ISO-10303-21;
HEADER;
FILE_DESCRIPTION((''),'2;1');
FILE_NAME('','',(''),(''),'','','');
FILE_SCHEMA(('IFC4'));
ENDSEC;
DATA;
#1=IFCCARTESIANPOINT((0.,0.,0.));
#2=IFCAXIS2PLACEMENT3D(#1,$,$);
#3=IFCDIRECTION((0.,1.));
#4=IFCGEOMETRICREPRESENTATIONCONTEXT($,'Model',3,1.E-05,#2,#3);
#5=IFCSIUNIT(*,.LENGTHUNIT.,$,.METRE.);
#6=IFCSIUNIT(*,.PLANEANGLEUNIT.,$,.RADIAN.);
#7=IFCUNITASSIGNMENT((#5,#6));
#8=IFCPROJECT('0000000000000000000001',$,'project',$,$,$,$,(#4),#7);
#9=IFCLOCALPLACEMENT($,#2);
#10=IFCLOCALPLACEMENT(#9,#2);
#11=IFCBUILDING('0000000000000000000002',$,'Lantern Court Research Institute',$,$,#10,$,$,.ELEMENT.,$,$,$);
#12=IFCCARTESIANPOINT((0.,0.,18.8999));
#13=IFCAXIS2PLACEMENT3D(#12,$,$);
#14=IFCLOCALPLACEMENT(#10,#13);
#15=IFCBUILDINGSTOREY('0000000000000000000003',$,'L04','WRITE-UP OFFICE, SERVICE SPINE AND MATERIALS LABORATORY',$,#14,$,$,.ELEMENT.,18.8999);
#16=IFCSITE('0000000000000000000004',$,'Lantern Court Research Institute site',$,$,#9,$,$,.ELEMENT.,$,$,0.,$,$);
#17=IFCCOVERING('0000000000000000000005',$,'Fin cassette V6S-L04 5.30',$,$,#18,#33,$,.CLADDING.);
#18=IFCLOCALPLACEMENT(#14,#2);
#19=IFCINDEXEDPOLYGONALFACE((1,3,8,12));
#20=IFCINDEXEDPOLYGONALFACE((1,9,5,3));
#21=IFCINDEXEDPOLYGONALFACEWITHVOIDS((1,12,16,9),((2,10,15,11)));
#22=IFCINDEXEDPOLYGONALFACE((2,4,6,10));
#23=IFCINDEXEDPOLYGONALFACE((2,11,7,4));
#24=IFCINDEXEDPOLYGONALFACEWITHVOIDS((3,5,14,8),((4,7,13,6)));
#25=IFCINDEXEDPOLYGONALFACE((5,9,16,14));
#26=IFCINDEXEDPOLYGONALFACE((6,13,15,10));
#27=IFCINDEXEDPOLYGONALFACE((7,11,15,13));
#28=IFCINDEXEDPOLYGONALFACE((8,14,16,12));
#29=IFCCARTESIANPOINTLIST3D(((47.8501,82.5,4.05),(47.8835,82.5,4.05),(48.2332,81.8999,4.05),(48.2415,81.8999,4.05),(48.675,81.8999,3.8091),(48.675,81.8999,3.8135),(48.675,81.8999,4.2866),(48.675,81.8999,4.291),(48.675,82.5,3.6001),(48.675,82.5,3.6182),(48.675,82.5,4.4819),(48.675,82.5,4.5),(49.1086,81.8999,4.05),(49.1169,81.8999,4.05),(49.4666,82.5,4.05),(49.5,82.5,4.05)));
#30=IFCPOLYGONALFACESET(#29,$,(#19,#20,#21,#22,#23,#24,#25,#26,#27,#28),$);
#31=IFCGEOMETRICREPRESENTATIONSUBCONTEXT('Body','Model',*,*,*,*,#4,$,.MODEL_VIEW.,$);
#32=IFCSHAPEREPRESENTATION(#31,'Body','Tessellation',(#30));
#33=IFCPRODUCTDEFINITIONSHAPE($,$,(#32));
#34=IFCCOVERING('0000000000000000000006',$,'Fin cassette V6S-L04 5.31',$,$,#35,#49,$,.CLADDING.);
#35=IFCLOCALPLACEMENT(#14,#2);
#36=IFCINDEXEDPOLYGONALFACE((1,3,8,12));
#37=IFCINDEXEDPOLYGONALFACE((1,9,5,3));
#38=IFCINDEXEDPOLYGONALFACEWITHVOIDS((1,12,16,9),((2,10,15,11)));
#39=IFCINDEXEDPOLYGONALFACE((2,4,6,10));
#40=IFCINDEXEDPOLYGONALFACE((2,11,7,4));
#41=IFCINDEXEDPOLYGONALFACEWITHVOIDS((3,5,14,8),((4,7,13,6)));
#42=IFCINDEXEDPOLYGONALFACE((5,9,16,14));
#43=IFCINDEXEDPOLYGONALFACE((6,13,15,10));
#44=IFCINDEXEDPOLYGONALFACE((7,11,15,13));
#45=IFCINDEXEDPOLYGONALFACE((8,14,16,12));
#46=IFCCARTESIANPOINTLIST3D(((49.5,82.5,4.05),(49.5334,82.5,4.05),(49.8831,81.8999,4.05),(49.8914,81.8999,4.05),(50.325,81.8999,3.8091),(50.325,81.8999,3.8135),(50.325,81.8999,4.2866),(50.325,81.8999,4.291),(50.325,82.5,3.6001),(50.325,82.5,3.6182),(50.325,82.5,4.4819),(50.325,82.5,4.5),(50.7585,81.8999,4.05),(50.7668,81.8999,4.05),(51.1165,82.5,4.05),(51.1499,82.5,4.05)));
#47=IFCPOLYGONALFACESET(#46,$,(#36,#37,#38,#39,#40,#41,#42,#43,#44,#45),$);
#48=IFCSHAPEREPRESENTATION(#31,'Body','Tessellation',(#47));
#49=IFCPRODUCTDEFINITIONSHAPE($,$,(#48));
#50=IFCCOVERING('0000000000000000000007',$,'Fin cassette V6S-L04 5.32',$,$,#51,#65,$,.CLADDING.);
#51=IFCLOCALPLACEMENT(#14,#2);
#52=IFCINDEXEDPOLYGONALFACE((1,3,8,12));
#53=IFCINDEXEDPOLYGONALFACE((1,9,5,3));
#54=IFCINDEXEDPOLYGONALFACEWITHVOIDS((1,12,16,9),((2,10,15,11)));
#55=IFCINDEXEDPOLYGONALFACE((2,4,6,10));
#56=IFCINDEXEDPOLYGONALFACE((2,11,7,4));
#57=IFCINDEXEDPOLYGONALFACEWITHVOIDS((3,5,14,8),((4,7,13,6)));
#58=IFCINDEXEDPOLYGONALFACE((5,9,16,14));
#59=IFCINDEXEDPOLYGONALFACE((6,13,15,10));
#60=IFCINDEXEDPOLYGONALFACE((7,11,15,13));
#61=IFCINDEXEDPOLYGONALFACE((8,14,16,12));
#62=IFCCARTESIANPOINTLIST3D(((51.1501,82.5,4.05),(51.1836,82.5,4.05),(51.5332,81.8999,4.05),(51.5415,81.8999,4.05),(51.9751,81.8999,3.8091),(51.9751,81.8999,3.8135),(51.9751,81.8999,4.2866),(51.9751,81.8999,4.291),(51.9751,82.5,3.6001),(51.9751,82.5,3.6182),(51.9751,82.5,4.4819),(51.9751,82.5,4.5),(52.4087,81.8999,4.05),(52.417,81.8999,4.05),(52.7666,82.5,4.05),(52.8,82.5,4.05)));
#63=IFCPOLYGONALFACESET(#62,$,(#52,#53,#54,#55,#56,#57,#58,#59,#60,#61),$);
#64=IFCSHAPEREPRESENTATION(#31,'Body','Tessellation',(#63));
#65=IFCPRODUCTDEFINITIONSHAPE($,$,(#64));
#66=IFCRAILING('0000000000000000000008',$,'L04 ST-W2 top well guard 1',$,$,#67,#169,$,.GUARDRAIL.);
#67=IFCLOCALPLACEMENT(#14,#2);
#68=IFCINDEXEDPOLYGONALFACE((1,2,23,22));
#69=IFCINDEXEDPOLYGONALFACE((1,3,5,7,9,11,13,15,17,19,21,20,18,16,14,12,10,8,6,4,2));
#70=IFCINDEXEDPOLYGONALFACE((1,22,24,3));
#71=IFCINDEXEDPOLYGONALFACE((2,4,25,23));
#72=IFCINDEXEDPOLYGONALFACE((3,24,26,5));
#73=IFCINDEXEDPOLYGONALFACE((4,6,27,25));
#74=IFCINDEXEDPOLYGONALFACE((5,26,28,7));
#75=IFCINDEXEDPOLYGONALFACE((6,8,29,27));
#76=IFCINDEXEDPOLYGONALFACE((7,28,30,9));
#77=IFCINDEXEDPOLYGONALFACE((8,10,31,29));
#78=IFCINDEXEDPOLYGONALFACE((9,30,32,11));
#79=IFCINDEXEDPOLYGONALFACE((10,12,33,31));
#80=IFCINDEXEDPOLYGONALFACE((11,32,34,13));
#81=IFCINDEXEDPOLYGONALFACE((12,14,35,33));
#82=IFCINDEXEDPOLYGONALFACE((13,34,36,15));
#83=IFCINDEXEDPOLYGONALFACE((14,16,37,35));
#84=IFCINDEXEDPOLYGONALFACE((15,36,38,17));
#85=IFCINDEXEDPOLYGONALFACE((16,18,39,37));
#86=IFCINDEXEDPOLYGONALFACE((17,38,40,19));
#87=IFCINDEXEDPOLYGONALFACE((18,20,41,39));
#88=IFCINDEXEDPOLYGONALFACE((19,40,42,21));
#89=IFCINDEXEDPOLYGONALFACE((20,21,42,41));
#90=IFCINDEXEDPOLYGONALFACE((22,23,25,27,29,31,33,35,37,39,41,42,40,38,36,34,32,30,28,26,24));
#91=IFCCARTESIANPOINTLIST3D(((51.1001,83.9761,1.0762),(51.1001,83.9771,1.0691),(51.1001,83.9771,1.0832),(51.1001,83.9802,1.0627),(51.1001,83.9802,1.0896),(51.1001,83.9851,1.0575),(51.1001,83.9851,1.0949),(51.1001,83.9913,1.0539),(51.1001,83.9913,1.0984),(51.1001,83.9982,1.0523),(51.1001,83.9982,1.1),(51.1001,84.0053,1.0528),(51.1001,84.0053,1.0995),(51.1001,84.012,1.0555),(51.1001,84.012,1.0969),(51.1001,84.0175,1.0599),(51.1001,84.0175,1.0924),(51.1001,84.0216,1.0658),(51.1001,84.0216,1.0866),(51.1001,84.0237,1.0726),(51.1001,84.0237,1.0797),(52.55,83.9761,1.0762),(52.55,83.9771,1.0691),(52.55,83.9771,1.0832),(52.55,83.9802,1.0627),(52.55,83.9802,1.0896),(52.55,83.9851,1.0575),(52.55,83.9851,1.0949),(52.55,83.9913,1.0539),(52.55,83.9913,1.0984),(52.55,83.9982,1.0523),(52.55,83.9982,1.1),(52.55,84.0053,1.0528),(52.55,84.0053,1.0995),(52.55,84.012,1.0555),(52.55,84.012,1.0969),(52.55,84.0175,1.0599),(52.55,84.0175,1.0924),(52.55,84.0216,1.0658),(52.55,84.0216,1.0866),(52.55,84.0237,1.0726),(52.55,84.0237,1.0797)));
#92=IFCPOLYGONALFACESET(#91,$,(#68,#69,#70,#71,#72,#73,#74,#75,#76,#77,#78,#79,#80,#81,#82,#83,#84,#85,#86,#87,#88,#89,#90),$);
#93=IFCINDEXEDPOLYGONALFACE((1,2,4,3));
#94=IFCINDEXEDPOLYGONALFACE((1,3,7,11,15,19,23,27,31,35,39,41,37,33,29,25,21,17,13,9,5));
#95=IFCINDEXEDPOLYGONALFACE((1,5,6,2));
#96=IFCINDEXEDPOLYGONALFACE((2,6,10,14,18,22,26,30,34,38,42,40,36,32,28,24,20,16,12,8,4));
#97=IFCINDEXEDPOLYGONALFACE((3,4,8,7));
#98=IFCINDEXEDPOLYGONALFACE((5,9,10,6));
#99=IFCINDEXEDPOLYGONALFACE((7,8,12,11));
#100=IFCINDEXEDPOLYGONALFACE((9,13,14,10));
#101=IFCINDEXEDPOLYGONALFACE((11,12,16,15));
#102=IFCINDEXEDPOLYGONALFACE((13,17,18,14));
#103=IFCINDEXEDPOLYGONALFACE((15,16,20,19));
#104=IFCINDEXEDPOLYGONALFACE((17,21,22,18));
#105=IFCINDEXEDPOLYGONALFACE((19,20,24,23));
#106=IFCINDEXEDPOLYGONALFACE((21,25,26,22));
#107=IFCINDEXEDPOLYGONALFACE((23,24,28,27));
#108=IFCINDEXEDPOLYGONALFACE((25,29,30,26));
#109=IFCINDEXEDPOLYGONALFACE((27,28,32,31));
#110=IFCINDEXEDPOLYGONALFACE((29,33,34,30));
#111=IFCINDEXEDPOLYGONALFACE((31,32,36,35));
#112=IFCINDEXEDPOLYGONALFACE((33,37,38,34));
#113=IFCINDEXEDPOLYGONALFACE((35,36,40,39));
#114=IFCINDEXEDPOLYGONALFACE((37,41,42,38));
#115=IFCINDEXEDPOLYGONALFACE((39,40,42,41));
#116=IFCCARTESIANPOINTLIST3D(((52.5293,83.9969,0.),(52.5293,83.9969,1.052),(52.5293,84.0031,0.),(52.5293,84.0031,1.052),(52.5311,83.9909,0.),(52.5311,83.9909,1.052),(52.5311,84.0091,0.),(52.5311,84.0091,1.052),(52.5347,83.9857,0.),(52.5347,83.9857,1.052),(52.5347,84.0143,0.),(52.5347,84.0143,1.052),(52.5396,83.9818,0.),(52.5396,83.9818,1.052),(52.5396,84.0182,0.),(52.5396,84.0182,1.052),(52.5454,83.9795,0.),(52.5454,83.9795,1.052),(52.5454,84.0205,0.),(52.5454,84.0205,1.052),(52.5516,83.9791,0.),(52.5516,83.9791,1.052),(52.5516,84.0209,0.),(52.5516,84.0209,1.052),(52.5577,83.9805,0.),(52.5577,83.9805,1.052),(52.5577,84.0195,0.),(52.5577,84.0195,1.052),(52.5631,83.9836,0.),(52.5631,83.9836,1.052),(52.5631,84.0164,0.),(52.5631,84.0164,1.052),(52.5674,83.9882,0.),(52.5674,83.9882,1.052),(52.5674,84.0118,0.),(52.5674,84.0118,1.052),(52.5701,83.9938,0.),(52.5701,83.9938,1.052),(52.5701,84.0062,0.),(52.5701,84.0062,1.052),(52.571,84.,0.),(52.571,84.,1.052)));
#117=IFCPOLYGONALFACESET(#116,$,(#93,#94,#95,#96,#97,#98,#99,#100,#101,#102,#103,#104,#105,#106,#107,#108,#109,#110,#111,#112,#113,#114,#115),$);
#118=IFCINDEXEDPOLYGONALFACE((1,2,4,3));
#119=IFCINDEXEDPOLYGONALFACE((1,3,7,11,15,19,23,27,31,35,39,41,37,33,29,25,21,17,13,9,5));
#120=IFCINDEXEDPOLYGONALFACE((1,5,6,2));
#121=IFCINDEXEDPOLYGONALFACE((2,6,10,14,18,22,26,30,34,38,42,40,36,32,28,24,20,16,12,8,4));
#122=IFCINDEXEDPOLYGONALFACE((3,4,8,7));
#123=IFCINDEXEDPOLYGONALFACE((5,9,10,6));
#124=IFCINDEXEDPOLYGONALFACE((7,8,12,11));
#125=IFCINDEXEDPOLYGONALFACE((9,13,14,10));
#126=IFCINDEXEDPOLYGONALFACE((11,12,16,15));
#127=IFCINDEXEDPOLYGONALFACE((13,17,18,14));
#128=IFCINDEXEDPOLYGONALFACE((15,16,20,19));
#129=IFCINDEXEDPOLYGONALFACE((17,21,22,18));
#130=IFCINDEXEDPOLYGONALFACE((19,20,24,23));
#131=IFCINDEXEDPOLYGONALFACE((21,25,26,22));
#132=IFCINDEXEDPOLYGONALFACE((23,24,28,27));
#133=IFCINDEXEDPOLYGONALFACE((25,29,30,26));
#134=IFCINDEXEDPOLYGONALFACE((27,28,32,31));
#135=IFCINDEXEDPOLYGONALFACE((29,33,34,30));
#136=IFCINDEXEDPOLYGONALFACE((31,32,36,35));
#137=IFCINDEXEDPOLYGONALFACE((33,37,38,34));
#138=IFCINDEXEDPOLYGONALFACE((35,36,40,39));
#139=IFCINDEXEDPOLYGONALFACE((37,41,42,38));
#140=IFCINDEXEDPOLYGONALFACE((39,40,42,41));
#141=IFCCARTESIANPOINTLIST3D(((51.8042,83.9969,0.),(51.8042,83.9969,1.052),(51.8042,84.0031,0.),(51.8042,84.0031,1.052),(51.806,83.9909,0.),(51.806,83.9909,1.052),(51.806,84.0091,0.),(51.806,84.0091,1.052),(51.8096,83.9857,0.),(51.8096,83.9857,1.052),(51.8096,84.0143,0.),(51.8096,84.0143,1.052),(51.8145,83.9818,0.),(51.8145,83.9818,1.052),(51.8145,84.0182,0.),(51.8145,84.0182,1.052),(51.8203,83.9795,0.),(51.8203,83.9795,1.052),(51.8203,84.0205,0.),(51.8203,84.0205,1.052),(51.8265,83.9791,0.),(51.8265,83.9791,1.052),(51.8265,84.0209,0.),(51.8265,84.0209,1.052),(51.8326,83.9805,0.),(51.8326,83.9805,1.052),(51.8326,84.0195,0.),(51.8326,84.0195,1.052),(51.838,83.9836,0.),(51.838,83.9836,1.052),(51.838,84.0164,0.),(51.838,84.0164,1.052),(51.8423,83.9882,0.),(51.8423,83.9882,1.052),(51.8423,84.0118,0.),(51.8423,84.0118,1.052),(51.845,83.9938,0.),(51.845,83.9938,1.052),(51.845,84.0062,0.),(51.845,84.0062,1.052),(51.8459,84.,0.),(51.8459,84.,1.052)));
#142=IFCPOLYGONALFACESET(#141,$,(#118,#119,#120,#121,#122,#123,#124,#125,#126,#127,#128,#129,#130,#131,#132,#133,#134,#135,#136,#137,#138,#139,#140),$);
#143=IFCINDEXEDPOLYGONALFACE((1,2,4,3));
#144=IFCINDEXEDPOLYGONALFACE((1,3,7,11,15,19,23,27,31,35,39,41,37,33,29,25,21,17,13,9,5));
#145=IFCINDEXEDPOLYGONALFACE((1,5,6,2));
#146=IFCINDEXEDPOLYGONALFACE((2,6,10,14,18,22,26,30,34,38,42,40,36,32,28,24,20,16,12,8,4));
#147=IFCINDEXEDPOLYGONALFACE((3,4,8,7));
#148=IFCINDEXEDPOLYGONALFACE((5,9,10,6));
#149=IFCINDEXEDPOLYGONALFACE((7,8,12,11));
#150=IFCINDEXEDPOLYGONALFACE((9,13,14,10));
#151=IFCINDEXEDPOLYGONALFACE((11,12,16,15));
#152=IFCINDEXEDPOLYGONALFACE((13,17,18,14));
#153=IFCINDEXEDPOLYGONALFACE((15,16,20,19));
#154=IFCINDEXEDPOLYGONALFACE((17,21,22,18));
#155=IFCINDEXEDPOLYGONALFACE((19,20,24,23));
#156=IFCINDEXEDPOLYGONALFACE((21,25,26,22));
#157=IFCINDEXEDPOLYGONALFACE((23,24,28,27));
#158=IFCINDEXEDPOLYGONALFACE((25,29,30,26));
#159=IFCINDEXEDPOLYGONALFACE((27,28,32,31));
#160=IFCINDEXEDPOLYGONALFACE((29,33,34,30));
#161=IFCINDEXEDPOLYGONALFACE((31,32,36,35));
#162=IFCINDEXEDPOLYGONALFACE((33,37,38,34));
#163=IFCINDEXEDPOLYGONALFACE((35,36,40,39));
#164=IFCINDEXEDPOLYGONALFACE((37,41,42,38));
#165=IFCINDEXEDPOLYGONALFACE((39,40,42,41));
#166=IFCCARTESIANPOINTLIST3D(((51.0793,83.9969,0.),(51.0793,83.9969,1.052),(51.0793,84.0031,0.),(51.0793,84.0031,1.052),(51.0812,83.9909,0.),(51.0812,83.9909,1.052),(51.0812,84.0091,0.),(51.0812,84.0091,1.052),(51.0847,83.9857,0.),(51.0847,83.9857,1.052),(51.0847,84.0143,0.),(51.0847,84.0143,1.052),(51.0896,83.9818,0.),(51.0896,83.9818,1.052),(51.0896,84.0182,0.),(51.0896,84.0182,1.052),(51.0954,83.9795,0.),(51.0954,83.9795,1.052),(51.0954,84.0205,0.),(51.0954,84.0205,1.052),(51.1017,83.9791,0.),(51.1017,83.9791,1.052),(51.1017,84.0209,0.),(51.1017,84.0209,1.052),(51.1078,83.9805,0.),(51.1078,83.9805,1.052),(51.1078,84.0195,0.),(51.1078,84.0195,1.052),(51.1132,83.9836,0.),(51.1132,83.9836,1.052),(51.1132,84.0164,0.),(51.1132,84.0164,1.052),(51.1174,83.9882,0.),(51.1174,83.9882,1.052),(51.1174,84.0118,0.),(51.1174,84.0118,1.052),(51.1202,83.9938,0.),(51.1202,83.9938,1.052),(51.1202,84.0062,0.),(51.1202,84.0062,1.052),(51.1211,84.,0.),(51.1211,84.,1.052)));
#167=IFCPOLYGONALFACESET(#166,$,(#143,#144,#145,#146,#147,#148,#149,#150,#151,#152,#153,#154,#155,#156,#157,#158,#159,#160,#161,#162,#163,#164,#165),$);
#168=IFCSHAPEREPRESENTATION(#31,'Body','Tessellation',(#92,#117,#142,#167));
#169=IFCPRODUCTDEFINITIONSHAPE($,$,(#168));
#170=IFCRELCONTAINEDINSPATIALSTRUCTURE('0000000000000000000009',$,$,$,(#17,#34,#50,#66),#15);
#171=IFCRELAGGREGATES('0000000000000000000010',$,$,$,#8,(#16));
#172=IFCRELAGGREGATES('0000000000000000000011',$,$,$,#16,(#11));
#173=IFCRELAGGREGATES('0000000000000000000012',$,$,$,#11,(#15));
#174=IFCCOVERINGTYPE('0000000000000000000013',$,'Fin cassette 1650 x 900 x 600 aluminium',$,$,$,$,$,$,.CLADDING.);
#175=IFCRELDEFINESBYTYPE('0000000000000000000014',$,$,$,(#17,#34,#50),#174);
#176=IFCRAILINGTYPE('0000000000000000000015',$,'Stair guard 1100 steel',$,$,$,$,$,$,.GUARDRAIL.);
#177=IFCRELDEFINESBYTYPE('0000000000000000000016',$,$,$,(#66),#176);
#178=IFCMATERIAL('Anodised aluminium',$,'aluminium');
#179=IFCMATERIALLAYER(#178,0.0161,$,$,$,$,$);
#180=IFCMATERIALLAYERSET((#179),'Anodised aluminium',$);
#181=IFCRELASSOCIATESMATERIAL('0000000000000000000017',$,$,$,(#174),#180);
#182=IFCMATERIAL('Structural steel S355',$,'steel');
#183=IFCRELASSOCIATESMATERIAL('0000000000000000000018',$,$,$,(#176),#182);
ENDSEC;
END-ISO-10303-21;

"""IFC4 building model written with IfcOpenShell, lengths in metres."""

from ifc_helpers import new_model, entity, si_unit, direction, frame, origin, origin_2d, place, context, subcontext, project, spatial, circle, extrude, material, layer, layer_set, type_object, element, save


model = new_model("IFC4")

# Units and contexts
model_context = context("Model", 3, precision=1e-05, world=origin(), true_north=direction((0.0, 1.0)))
body_context = subcontext(model_context, "Body", "Model", "MODEL_VIEW")
ifc_project = project(units=[si_unit("LENGTHUNIT", "METRE"), si_unit("PLANEANGLEUNIT", "RADIAN")], contexts=[model_context])

# Site, building, storey
site_placement = place(None, origin())
site = spatial("IfcSite", under=ifc_project, at=site_placement, Name="Lantern Court Research Institute site", CompositionType="ELEMENT", RefElevation=0.0)
building_placement = place(site_placement, origin())
building = spatial("IfcBuilding", under=site, at=building_placement, Name="Lantern Court Research Institute", CompositionType="ELEMENT")
storey_placement = place(building_placement, frame((0.0, 0.0, 18.8999)))
storey = spatial("IfcBuildingStorey", under=building, at=storey_placement, Name="L04", Description="WRITE-UP OFFICE, SERVICE SPINE AND MATERIALS LABORATORY", CompositionType="ELEMENT", Elevation=18.8999)

# Coverings
ifc_material_1 = material(Name="Anodised aluminium", Category="aluminium")
ifc_layer_1 = layer(ifc_material_1, 0.0161)
ifc_layer_set_1 = layer_set([ifc_layer_1], Name="Anodised aluminium")
covering_type = type_object("IfcCoveringType", Name="Fin cassette 1650 x 900 x 600 aluminium", PredefinedType="CLADDING", material=ifc_layer_set_1)
covering_1_placement = place(storey_placement, frame((48.675, 82.5, 4.05), z_axis=(0.0, -1.0, 0.0), x_axis=(1.0, 0.0, 0.0)))
cartesian_point_1 = entity("IfcCartesianPoint", [0.825, 0.0])
cartesian_point_2 = entity("IfcCartesianPoint", [0.7915, 0.0])
cartesian_point_3 = entity("IfcCartesianPoint", [0.4419, 0.0])
cartesian_point_4 = entity("IfcCartesianPoint", [0.4336, 0.0])
element("IfcCovering", 1, at=covering_1_placement, inside=storey, type_object=covering_type, Name="Fin cassette V6S-L04 5.30", PredefinedType="CLADDING", context=body_context, shape_type="SweptSolid", body=[
    entity("IfcExtrudedAreaSolidTapered", entity("IfcArbitraryProfileDefWithVoids", "AREA", None, entity("IfcPolyline", [cartesian_point_1, entity("IfcCartesianPoint", [0.0, 0.45]), entity("IfcCartesianPoint", [-0.825, 0.0]), entity("IfcCartesianPoint", [0.0, -0.45]), cartesian_point_1]), [entity("IfcPolyline", [cartesian_point_2, entity("IfcCartesianPoint", [0.0, 0.4319]), entity("IfcCartesianPoint", [-0.7915, 0.0]), entity("IfcCartesianPoint", [0.0, -0.4319]), cartesian_point_2])]), entity("IfcAxis2Placement3D", entity("IfcCartesianPoint", [0.0, 0.0, 0.0])), entity("IfcDirection", [0.0, 0.0, 1.0]), 0.6001, entity("IfcArbitraryProfileDefWithVoids", "AREA", None, entity("IfcPolyline", [cartesian_point_3, entity("IfcCartesianPoint", [0.0, 0.241]), entity("IfcCartesianPoint", [-0.4419, 0.0]), entity("IfcCartesianPoint", [0.0, -0.241]), cartesian_point_3]), [entity("IfcPolyline", [cartesian_point_4, entity("IfcCartesianPoint", [0.0, 0.2366]), entity("IfcCartesianPoint", [-0.4336, 0.0]), entity("IfcCartesianPoint", [0.0, -0.2366]), cartesian_point_4])])),
])
covering_2_placement = place(storey_placement, frame((50.325, 82.5, 4.05), z_axis=(0.0, -1.0, 0.0), x_axis=(1.0, 0.0, 0.0)))
cartesian_point_5 = entity("IfcCartesianPoint", [0.825, 0.0])
cartesian_point_6 = entity("IfcCartesianPoint", [0.7915, 0.0])
cartesian_point_7 = entity("IfcCartesianPoint", [0.4419, 0.0])
cartesian_point_8 = entity("IfcCartesianPoint", [0.4336, 0.0])
element("IfcCovering", 2, at=covering_2_placement, inside=storey, type_object=covering_type, Name="Fin cassette V6S-L04 5.31", PredefinedType="CLADDING", context=body_context, shape_type="SweptSolid", body=[
    entity("IfcExtrudedAreaSolidTapered", entity("IfcArbitraryProfileDefWithVoids", "AREA", None, entity("IfcPolyline", [cartesian_point_5, entity("IfcCartesianPoint", [0.0, 0.45]), entity("IfcCartesianPoint", [-0.825, 0.0]), entity("IfcCartesianPoint", [0.0, -0.45]), cartesian_point_5]), [entity("IfcPolyline", [cartesian_point_6, entity("IfcCartesianPoint", [0.0, 0.4319]), entity("IfcCartesianPoint", [-0.7915, 0.0]), entity("IfcCartesianPoint", [0.0, -0.4319]), cartesian_point_6])]), entity("IfcAxis2Placement3D", entity("IfcCartesianPoint", [0.0, 0.0, 0.0])), entity("IfcDirection", [0.0, 0.0, 1.0]), 0.6001, entity("IfcArbitraryProfileDefWithVoids", "AREA", None, entity("IfcPolyline", [cartesian_point_7, entity("IfcCartesianPoint", [0.0, 0.241]), entity("IfcCartesianPoint", [-0.4419, 0.0]), entity("IfcCartesianPoint", [0.0, -0.241]), cartesian_point_7]), [entity("IfcPolyline", [cartesian_point_8, entity("IfcCartesianPoint", [0.0, 0.2366]), entity("IfcCartesianPoint", [-0.4336, 0.0]), entity("IfcCartesianPoint", [0.0, -0.2366]), cartesian_point_8])])),
])
covering_3_placement = place(storey_placement, frame((51.9751, 82.5, 4.05), z_axis=(0.0, -1.0, 0.0), x_axis=(1.0, 0.0, 0.0)))
cartesian_point_9 = entity("IfcCartesianPoint", [0.825, 0.0])
cartesian_point_10 = entity("IfcCartesianPoint", [0.7915, 0.0])
cartesian_point_11 = entity("IfcCartesianPoint", [0.4419, 0.0])
cartesian_point_12 = entity("IfcCartesianPoint", [0.4336, 0.0])
element("IfcCovering", 3, at=covering_3_placement, inside=storey, type_object=covering_type, Name="Fin cassette V6S-L04 5.32", PredefinedType="CLADDING", context=body_context, shape_type="SweptSolid", body=[
    entity("IfcExtrudedAreaSolidTapered", entity("IfcArbitraryProfileDefWithVoids", "AREA", None, entity("IfcPolyline", [cartesian_point_9, entity("IfcCartesianPoint", [0.0, 0.45]), entity("IfcCartesianPoint", [-0.825, 0.0]), entity("IfcCartesianPoint", [0.0, -0.45]), cartesian_point_9]), [entity("IfcPolyline", [cartesian_point_10, entity("IfcCartesianPoint", [0.0, 0.4319]), entity("IfcCartesianPoint", [-0.7915, 0.0]), entity("IfcCartesianPoint", [0.0, -0.4319]), cartesian_point_10])]), entity("IfcAxis2Placement3D", entity("IfcCartesianPoint", [0.0, 0.0, 0.0])), entity("IfcDirection", [0.0, 0.0, 1.0]), 0.6001, entity("IfcArbitraryProfileDefWithVoids", "AREA", None, entity("IfcPolyline", [cartesian_point_11, entity("IfcCartesianPoint", [0.0, 0.241]), entity("IfcCartesianPoint", [-0.4419, 0.0]), entity("IfcCartesianPoint", [0.0, -0.241]), cartesian_point_11]), [entity("IfcPolyline", [cartesian_point_12, entity("IfcCartesianPoint", [0.0, 0.2366]), entity("IfcCartesianPoint", [-0.4336, 0.0]), entity("IfcCartesianPoint", [0.0, -0.2366]), cartesian_point_12])])),
])

# Railing
ifc_material_2 = material(Name="Structural steel S355", Category="steel")
railing_type = type_object("IfcRailingType", Name="Stair guard 1100 steel", PredefinedType="GUARDRAIL", material=ifc_material_2)
railing_placement = place(storey_placement, frame((52.55, 84.0, 0.0)))
element("IfcRailing", 4, at=railing_placement, inside=storey, type_object=railing_type, Name="L04 ST-W2 top well guard 1", PredefinedType="GUARDRAIL", context=body_context, shape_type="SweptSolid", body=[
    extrude(circle(Radius=0.0239, at=origin_2d()), frame((0.0, 0.0, 1.0762), z_axis=(-1.0, 0.0, 0.0), x_axis=(0.0, -1.0, 0.0)), (0.0, 0.0, 1.0), 1.45),
    extrude(circle(Radius=0.021, at=origin_2d()), origin(), (0.0, 0.0, 1.0), 1.052),
    extrude(circle(Radius=0.021, at=origin_2d()), frame((-0.7251, 0.0, 0.0)), (0.0, 0.0, 1.0), 1.052),
    extrude(circle(Radius=0.021, at=origin_2d()), frame((-1.45, 0.0, 0.0)), (0.0, 0.0, 1.0), 1.052),
])

save(model, "model.ifc")
